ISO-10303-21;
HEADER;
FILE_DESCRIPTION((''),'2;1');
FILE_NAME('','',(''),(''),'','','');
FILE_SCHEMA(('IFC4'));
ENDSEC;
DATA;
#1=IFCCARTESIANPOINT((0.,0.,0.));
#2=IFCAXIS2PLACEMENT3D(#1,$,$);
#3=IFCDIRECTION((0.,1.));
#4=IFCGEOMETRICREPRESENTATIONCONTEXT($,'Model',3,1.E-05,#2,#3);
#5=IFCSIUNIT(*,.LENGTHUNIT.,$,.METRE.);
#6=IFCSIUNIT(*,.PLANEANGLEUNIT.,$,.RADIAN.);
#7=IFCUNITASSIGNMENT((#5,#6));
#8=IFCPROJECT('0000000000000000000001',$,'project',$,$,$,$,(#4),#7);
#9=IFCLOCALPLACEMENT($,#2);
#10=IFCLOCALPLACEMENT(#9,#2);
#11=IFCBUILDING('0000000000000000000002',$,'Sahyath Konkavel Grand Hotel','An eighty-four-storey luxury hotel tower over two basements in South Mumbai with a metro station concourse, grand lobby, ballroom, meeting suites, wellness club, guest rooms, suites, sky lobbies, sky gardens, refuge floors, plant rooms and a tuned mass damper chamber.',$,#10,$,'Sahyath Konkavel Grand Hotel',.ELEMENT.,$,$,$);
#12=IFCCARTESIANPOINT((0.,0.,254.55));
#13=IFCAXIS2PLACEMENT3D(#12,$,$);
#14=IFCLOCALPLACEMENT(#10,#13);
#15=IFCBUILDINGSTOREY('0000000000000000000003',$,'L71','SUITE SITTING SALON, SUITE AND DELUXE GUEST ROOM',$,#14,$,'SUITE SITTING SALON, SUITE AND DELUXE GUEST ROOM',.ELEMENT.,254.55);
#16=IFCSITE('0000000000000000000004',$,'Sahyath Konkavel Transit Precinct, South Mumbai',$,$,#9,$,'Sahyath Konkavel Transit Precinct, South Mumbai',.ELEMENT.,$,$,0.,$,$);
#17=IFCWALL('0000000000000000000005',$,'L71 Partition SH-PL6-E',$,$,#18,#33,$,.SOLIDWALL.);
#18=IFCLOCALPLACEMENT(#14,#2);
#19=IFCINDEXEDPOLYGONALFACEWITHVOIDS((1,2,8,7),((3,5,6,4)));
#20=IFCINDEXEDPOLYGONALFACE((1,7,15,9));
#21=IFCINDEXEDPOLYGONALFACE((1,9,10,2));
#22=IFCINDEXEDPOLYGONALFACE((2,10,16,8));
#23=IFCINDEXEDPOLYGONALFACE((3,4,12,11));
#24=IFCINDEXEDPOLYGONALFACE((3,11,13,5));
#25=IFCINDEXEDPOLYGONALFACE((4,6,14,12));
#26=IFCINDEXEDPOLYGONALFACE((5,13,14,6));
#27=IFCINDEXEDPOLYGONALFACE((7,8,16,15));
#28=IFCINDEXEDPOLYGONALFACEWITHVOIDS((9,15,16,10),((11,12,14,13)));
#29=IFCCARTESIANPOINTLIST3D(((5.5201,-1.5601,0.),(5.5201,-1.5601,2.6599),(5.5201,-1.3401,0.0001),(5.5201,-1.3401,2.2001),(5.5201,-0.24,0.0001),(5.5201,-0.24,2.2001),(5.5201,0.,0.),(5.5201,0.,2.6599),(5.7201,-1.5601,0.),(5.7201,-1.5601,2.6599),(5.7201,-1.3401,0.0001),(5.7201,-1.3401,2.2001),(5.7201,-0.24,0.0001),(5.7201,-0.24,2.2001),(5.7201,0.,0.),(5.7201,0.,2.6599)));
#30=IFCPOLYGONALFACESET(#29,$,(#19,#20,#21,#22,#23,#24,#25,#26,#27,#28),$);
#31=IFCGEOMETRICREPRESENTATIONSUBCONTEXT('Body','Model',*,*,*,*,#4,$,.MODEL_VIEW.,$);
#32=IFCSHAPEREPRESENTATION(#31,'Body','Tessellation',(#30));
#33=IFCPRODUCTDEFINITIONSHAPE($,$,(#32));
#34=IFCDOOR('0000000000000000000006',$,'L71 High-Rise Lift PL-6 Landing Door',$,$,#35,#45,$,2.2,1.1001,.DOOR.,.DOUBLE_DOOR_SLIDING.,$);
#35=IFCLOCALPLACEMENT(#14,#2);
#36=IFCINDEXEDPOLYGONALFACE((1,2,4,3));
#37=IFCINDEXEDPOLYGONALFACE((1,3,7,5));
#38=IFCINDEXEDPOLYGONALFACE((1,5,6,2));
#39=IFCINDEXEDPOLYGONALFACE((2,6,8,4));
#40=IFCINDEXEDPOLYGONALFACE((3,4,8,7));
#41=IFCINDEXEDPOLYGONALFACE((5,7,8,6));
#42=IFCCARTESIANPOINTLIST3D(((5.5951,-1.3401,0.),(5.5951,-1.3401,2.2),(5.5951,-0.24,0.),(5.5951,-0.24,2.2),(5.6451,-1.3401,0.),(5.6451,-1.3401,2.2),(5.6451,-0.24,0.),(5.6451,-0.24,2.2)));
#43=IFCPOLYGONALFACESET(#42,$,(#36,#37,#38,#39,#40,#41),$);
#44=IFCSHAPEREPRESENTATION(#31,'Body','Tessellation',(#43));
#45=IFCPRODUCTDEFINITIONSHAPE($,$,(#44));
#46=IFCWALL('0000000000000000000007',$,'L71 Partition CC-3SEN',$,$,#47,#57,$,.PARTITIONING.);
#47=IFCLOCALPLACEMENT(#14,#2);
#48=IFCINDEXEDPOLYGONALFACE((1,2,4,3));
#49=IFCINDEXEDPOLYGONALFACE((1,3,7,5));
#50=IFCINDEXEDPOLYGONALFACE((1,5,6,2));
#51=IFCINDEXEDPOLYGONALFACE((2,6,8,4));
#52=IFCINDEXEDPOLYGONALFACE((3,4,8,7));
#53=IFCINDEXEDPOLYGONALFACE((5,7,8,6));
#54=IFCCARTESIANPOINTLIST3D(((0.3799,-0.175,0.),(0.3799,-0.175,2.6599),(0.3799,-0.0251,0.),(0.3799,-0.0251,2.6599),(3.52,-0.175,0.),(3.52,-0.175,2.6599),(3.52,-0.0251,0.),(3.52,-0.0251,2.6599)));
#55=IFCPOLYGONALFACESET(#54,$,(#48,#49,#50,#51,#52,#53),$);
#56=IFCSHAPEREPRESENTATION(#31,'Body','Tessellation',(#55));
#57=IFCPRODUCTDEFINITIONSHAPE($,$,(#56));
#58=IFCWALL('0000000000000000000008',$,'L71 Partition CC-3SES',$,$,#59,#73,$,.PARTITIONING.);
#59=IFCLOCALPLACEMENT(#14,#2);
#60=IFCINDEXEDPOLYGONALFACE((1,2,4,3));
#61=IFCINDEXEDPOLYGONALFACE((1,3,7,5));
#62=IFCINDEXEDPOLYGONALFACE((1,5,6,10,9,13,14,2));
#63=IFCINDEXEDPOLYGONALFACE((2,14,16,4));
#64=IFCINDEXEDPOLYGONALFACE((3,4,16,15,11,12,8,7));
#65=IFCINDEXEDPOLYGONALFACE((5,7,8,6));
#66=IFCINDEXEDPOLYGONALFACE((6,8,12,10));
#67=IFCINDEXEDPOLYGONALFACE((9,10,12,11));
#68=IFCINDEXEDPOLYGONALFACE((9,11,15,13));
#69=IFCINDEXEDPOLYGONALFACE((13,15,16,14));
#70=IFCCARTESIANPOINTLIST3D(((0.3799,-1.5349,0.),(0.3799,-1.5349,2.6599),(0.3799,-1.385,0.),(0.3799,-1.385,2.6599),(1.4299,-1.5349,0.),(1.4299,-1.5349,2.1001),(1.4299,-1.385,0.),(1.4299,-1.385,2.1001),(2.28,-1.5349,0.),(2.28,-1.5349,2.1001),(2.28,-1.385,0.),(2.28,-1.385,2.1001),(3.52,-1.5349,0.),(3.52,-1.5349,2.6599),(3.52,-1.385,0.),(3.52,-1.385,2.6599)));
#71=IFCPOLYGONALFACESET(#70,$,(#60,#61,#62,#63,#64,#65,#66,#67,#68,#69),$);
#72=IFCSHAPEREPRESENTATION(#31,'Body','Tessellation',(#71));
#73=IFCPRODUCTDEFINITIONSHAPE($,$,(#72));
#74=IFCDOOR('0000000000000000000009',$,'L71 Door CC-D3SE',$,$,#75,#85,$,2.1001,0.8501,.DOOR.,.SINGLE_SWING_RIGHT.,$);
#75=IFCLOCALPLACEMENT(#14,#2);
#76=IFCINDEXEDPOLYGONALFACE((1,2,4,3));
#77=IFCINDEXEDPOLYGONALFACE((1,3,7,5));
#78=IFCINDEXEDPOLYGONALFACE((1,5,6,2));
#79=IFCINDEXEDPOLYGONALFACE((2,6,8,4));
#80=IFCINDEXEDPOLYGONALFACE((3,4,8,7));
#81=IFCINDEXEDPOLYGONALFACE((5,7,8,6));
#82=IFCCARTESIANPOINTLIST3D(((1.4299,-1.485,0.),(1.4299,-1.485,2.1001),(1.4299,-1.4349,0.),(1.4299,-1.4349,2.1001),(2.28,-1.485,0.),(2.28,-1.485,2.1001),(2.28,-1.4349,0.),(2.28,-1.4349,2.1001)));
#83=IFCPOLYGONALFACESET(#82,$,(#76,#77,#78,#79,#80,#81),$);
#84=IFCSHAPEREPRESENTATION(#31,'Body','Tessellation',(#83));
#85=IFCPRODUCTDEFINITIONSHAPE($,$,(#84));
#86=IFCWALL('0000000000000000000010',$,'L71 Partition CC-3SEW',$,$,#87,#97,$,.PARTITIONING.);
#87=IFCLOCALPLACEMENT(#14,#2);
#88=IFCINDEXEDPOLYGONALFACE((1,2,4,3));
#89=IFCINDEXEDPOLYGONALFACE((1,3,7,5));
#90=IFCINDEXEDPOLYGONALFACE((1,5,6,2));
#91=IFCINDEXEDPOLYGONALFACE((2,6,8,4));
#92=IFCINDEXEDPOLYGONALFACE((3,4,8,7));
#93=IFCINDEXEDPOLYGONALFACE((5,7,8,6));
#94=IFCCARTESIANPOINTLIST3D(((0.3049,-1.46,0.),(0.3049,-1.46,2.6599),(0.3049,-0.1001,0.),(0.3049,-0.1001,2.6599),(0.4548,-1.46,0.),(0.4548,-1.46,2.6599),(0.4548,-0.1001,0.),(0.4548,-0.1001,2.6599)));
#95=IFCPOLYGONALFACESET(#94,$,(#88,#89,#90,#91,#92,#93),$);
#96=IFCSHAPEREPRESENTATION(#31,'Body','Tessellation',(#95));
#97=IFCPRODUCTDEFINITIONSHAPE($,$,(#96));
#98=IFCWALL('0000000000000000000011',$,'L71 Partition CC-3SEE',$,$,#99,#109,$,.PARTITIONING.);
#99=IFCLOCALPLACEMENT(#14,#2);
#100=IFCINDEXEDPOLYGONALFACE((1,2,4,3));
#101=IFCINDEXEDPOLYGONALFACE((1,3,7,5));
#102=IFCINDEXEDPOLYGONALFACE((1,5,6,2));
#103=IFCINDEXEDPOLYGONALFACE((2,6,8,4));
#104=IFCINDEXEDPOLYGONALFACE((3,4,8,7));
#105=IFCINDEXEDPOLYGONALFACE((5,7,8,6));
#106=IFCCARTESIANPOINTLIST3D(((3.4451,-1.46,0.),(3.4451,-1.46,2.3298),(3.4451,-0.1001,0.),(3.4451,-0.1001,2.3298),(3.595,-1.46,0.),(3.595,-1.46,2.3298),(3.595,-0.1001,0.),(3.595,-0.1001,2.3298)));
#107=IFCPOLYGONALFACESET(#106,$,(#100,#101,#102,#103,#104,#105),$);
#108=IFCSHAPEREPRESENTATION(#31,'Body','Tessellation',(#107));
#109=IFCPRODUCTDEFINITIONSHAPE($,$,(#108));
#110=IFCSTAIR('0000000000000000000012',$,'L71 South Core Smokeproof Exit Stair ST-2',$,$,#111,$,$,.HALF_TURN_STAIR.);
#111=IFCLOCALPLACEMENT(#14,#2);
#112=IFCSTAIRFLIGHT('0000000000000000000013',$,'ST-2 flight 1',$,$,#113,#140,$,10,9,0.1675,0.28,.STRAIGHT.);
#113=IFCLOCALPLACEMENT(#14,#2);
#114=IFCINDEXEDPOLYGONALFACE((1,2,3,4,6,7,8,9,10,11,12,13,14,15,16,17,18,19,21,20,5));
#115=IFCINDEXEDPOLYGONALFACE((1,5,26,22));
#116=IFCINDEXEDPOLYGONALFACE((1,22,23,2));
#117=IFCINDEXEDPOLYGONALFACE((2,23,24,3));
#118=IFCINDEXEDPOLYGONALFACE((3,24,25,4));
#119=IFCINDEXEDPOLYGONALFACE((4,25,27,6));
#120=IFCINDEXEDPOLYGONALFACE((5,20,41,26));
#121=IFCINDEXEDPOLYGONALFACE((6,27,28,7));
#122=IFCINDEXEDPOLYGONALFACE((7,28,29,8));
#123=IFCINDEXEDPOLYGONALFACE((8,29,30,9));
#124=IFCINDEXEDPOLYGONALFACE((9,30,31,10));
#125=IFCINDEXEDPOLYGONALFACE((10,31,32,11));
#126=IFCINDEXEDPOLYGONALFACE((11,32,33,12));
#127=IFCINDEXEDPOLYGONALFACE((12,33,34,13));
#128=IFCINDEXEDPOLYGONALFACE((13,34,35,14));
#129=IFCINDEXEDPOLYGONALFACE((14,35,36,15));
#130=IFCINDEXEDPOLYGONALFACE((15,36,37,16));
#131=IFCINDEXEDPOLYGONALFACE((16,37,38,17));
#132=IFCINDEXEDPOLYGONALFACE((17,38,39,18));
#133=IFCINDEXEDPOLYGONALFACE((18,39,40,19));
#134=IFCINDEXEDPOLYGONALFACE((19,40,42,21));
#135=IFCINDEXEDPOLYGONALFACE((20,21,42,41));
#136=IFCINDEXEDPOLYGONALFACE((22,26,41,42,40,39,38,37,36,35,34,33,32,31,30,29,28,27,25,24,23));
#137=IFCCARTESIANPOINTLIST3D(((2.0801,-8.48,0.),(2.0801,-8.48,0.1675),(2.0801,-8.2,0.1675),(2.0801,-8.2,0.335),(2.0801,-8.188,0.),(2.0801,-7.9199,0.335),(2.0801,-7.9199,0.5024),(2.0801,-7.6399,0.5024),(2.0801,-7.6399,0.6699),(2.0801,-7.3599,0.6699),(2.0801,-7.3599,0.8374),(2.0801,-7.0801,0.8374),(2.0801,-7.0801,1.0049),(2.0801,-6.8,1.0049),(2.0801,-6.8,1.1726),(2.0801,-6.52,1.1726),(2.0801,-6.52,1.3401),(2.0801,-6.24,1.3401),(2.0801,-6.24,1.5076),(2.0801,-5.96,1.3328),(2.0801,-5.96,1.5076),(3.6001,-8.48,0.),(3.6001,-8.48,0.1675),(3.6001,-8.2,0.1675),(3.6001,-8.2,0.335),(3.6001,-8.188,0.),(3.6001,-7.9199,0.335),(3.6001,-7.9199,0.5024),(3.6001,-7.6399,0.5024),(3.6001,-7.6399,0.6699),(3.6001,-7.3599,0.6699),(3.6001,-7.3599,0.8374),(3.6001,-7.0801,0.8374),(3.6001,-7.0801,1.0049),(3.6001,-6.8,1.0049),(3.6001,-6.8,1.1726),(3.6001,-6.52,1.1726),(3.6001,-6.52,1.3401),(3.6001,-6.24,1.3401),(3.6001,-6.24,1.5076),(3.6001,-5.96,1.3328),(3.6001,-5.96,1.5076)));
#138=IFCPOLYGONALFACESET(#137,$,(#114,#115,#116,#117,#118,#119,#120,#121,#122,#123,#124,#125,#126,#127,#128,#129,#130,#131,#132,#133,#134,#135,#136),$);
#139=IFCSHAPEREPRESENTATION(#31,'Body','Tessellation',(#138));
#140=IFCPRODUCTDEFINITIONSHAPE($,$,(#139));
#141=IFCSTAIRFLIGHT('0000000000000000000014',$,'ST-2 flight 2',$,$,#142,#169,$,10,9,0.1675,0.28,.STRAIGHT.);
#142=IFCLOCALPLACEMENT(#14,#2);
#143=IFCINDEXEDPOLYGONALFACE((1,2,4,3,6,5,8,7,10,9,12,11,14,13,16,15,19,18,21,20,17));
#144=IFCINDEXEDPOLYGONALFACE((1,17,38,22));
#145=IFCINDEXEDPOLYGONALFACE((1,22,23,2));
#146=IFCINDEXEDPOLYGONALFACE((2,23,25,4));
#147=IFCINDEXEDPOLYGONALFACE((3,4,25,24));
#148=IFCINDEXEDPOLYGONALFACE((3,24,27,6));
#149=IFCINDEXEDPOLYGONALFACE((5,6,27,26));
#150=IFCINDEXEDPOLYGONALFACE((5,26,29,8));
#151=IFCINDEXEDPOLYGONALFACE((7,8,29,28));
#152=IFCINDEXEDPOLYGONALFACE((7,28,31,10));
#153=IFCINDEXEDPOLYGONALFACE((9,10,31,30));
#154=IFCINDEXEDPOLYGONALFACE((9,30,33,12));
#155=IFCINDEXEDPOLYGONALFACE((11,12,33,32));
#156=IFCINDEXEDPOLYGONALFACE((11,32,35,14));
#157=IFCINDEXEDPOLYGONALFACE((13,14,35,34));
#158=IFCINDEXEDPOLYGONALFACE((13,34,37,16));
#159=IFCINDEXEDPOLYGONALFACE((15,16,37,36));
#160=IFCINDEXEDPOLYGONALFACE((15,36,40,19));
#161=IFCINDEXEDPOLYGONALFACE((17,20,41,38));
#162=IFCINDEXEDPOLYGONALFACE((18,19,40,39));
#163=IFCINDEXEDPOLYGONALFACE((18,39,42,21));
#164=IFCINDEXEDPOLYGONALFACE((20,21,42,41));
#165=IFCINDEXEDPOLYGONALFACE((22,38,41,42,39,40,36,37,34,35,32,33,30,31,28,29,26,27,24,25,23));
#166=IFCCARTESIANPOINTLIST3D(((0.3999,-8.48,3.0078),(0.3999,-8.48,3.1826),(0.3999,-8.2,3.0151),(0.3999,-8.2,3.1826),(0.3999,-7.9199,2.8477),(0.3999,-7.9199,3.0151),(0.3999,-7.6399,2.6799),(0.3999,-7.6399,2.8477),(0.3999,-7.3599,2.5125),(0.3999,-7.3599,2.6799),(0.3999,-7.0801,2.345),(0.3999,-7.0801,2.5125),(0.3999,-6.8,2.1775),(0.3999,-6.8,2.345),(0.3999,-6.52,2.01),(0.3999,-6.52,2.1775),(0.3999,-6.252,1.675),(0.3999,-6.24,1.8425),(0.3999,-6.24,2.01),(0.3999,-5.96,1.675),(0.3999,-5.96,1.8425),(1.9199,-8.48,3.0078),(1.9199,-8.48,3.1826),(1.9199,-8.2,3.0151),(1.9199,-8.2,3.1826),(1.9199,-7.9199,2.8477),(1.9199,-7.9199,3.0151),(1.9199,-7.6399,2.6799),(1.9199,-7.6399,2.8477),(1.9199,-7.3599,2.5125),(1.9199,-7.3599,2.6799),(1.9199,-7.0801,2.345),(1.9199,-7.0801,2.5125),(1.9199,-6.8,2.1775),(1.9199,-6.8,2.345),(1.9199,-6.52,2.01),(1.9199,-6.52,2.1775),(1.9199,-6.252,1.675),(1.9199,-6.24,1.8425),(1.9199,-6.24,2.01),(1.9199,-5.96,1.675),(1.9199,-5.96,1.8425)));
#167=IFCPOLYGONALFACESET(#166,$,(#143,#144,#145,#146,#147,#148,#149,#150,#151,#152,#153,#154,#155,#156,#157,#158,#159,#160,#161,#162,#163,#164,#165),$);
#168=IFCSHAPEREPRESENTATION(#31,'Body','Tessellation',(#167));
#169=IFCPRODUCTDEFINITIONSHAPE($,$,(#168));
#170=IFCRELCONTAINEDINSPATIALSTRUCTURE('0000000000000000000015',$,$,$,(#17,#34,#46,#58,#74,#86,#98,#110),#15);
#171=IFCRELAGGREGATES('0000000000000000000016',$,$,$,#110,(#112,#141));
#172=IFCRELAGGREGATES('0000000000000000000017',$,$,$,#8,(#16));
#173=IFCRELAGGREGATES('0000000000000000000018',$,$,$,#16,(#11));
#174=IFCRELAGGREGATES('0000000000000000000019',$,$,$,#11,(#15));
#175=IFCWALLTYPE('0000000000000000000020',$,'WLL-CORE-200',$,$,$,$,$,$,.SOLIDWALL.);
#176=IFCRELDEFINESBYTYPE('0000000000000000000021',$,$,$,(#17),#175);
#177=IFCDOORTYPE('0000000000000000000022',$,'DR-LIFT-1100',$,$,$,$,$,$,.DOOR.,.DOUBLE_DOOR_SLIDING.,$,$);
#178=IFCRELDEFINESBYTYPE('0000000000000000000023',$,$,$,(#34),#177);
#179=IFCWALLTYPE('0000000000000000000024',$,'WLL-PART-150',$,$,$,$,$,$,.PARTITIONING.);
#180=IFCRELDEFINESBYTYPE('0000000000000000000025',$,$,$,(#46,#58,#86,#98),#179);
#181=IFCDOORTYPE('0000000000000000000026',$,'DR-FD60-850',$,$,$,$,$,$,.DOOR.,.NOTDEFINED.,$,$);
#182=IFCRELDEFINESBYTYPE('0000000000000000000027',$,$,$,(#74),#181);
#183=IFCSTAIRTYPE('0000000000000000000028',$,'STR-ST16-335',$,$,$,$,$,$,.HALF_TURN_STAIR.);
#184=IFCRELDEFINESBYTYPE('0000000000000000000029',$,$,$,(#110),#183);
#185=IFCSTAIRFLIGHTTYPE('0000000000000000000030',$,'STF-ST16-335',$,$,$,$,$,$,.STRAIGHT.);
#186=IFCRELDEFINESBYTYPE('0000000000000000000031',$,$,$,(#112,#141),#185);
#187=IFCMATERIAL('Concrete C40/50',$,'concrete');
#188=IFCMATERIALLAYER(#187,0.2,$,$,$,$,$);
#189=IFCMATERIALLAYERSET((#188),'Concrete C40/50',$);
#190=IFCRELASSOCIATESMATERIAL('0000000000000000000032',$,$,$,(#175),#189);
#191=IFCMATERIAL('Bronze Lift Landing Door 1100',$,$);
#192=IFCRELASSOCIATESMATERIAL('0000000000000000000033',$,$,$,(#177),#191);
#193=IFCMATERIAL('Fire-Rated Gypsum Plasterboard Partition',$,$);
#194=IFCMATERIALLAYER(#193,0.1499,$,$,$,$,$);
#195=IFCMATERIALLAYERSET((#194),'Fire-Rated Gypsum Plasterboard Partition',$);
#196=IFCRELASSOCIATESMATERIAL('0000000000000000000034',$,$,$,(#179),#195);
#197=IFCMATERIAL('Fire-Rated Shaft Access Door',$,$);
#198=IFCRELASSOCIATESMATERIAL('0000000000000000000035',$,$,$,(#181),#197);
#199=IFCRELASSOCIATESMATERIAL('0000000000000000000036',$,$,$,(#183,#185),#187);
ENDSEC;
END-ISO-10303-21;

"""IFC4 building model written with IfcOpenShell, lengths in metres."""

from ifc_helpers import new_model, si_unit, direction, frame, frame_2d, origin, origin_2d, place, context, subcontext, project, spatial, polyline, rectangle, outline, extrude, source, transform, mapped, material, layer, layer_set, type_object, element, fill, aggregate, save


model = new_model("IFC4")

# Units and contexts
model_context = context("Model", 3, precision=1e-05, world=origin(), true_north=direction((0.0, 1.0)))
body_context = subcontext(model_context, "Body", "Model", "MODEL_VIEW")
ifc_project = project(units=[si_unit("LENGTHUNIT", "METRE"), si_unit("PLANEANGLEUNIT", "RADIAN")], contexts=[model_context])

# Site, building, storey
site_placement = place(None, origin())
site = spatial("IfcSite", under=ifc_project, at=site_placement, Name="Sahyath Konkavel Transit Precinct, South Mumbai", LongName="Sahyath Konkavel Transit Precinct, South Mumbai", CompositionType="ELEMENT", RefElevation=0.0)
building_placement = place(site_placement, origin())
building = spatial("IfcBuilding", under=site, at=building_placement, Name="Sahyath Konkavel Grand Hotel", Description="An eighty-four-storey luxury hotel tower over two basements in South Mumbai with a metro station concourse, grand lobby, ballroom, meeting suites, wellness club, guest rooms, suites, sky lobbies, sky gardens, refuge floors, plant rooms and a tuned mass damper chamber.", LongName="Sahyath Konkavel Grand Hotel", CompositionType="ELEMENT")
storey_placement = place(building_placement, frame((0.0, 0.0, 254.55)))
storey = spatial("IfcBuildingStorey", under=building, at=storey_placement, Name="L71", Description="SUITE SITTING SALON, SUITE AND DELUXE GUEST ROOM", LongName="SUITE SITTING SALON, SUITE AND DELUXE GUEST ROOM", CompositionType="ELEMENT", Elevation=254.55)

# Shared definitions
ifc_material_1 = material(Name="Concrete C40/50", Category="concrete")

# Shared definitions
ifc_layer_1 = layer(ifc_material_1, 0.2)
ifc_layer_set_1 = layer_set([ifc_layer_1], Name="Concrete C40/50")
wall_type_1 = type_object("IfcWallType", Name="WLL-CORE-200", PredefinedType="SOLIDWALL", material=ifc_layer_set_1)

# Wall, opening, door
wall_1_placement = place(storey_placement, frame((5.6201, -1.5601, 0.0), z_axis=(0.0, 0.0, 1.0), x_axis=(0.0, 1.0, 0.0)))
wall_1 = element("IfcWall", 1, at=wall_1_placement, inside=storey, type_object=wall_type_1, Name="L71 Partition SH-PL6-E", PredefinedType="SOLIDWALL", context=body_context, shape_type="SweptSolid", body=[
    extrude(rectangle(XDim=1.5601, YDim=0.2, at=frame_2d((0.78, 0.0))), origin(), (0.0, 0.0, 1.0), 2.6599),
])
opening_1_placement = place(wall_1_placement, frame((0.22, 0.0, 0.0)))
opening_1 = element("IfcOpeningElement", 2, at=opening_1_placement, cuts=wall_1, PredefinedType="OPENING", context=body_context, shape_type="SweptSolid", body=[
    extrude(rectangle(XDim=1.1001, YDim=2.2, at=frame_2d((0.55, 1.1001))), frame((0.0, 0.1099, 0.0), z_axis=(0.0, -1.0, 0.0), x_axis=(1.0, 0.0, 0.0)), (0.0, 0.0, 1.0), 0.22),
])
ifc_material_2 = material(Name="Bronze Lift Landing Door 1100")
door_type_1 = type_object("IfcDoorType", Name="DR-LIFT-1100", OperationType="DOUBLE_DOOR_SLIDING", PredefinedType="DOOR", material=ifc_material_2)
shared_shape_1 = source(origin(), body_context, "Body", "SweptSolid", [
    extrude(rectangle(XDim=1.1001, YDim=0.05, at=origin_2d()), origin(), (0.0, 0.0, 1.0), 2.2),
])
door_1_placement = place(opening_1_placement, frame((0.55, 0.0, 0.0)))
door_1 = element("IfcDoor", 3, at=door_1_placement, inside=storey, type_object=door_type_1, Name="L71 High-Rise Lift PL-6 Landing Door", OperationType="DOUBLE_DOOR_SLIDING", OverallHeight=2.2, OverallWidth=1.1001, PredefinedType="DOOR", context=body_context, shape_type="MappedRepresentation", body=[
    mapped(shared_shape_1, transform((0.0, 0.0, 0.0), scale=1.0)),
])
fill(opening_1, door_1)

# Wall
ifc_material_3 = material(Name="Fire-Rated Gypsum Plasterboard Partition")
ifc_layer_2 = layer(ifc_material_3, 0.1499)
ifc_layer_set_2 = layer_set([ifc_layer_2], Name="Fire-Rated Gypsum Plasterboard Partition")
wall_type_2 = type_object("IfcWallType", Name="WLL-PART-150", PredefinedType="PARTITIONING", material=ifc_layer_set_2)
wall_2_placement = place(storey_placement, frame((0.3799, -0.1001, 0.0), z_axis=(0.0, 0.0, 1.0), x_axis=(1.0, 0.0, 0.0)))
element("IfcWall", 4, at=wall_2_placement, inside=storey, type_object=wall_type_2, Name="L71 Partition CC-3SEN", PredefinedType="PARTITIONING", context=body_context, shape_type="SweptSolid", body=[
    extrude(rectangle(XDim=3.1401, YDim=0.1499, at=frame_2d((1.5701, 0.0))), origin(), (0.0, 0.0, 1.0), 2.6599),
])

# Wall, opening, door
wall_3_placement = place(storey_placement, frame((0.3799, -1.46, 0.0), z_axis=(0.0, 0.0, 1.0), x_axis=(1.0, 0.0, 0.0)))
wall_3 = element("IfcWall", 5, at=wall_3_placement, inside=storey, type_object=wall_type_2, Name="L71 Partition CC-3SES", PredefinedType="PARTITIONING", context=body_context, shape_type="SweptSolid", body=[
    extrude(rectangle(XDim=3.1401, YDim=0.1499, at=frame_2d((1.5701, 0.0))), origin(), (0.0, 0.0, 1.0), 2.6599),
])
opening_2_placement = place(wall_3_placement, frame((1.05, 0.0, 0.0)))
opening_2 = element("IfcOpeningElement", 6, at=opening_2_placement, cuts=wall_3, PredefinedType="OPENING", context=body_context, shape_type="SweptSolid", body=[
    extrude(rectangle(XDim=0.8501, YDim=2.1001, at=frame_2d((0.425, 1.05))), frame((0.0, 0.085, 0.0), z_axis=(0.0, -1.0, 0.0), x_axis=(1.0, 0.0, 0.0)), (0.0, 0.0, 1.0), 0.1699),
])
ifc_material_4 = material(Name="Fire-Rated Shaft Access Door")
door_type_2 = type_object("IfcDoorType", Name="DR-FD60-850", OperationType="NOTDEFINED", PredefinedType="DOOR", material=ifc_material_4)
shared_shape_2 = source(origin(), body_context, "Body", "SweptSolid", [
    extrude(rectangle(XDim=0.8501, YDim=0.05, at=origin_2d()), origin(), (0.0, 0.0, 1.0), 2.1001),
])
door_2_placement = place(opening_2_placement, frame((0.425, 0.0, 0.0)))
door_2 = element("IfcDoor", 7, at=door_2_placement, inside=storey, type_object=door_type_2, Name="L71 Door CC-D3SE", OperationType="SINGLE_SWING_RIGHT", OverallHeight=2.1001, OverallWidth=0.8501, PredefinedType="DOOR", context=body_context, shape_type="MappedRepresentation", body=[
    mapped(shared_shape_2, transform((0.0, 0.0, 0.0), scale=1.0)),
])
fill(opening_2, door_2)

# Walls
wall_4_placement = place(storey_placement, frame((0.3799, -1.46, 0.0), z_axis=(0.0, 0.0, 1.0), x_axis=(0.0, 1.0, 0.0)))
element("IfcWall", 8, at=wall_4_placement, inside=storey, type_object=wall_type_2, Name="L71 Partition CC-3SEW", PredefinedType="PARTITIONING", context=body_context, shape_type="SweptSolid", body=[
    extrude(rectangle(XDim=1.3599, YDim=0.1499, at=frame_2d((0.6799, 0.0))), origin(), (0.0, 0.0, 1.0), 2.6599),
])
wall_5_placement = place(storey_placement, frame((3.52, -1.46, 0.0), z_axis=(0.0, 0.0, 1.0), x_axis=(0.0, 1.0, 0.0)))
element("IfcWall", 9, at=wall_5_placement, inside=storey, type_object=wall_type_2, Name="L71 Partition CC-3SEE", PredefinedType="PARTITIONING", context=body_context, shape_type="SweptSolid", body=[
    extrude(rectangle(XDim=1.3599, YDim=0.1499, at=frame_2d((0.6799, 0.0))), origin(), (0.0, 0.0, 1.0), 2.3298),
])

# Stair, stair flights
stair_type = type_object("IfcStairType", Name="STR-ST16-335", PredefinedType="HALF_TURN_STAIR", material=ifc_material_1)
stair_placement = place(storey_placement, origin())
stair = element("IfcStair", 10, at=stair_placement, inside=storey, type_object=stair_type, Name="L71 South Core Smokeproof Exit Stair ST-2", PredefinedType="HALF_TURN_STAIR")
stair_flight_type = type_object("IfcStairFlightType", Name="STF-ST16-335", PredefinedType="STRAIGHT", material=ifc_material_1)
stair_flight_1_placement = place(storey_placement, frame((2.8401, -8.48, 0.0), z_axis=(0.0, 0.0, 1.0), x_axis=(0.0, 1.0, 0.0)))
stair_flight_1 = element("IfcStairFlight", 11, at=stair_flight_1_placement, type_object=stair_flight_type, Name="ST-2 flight 1", NumberOfRisers=10, NumberOfTreads=9, PredefinedType="STRAIGHT", RiserHeight=0.1675, TreadLength=0.28, context=body_context, shape_type="SweptSolid", body=[
    extrude(outline(polyline([(0.0, 0.0), (0.0, 0.1675), (0.28, 0.1675), (0.28, 0.335), (0.5601, 0.335), (0.5601, 0.5024), (0.8401, 0.5024), (0.8401, 0.6699), (1.1201, 0.6699), (1.1201, 0.8374), (1.3999, 0.8374), (1.3999, 1.0049), (1.6799, 1.0049), (1.6799, 1.1726), (1.96, 1.1726), (1.96, 1.3401), (2.24, 1.3401), (2.24, 1.5076), (2.52, 1.5076), (2.52, 1.675), (2.52, 1.3328), (0.292, 0.0), (0.0, 0.0)])), frame((0.0, 0.76, 0.0), z_axis=(0.0, -1.0, 0.0), x_axis=(1.0, 0.0, 0.0)), (0.0, 0.0, 1.0), 1.52),
])
stair_flight_2_placement = place(storey_placement, frame((1.1599, -5.96, 1.675), z_axis=(0.0, 0.0, 1.0), x_axis=(0.0, -1.0, 0.0)))
stair_flight_2 = element("IfcStairFlight", 12, at=stair_flight_2_placement, type_object=stair_flight_type, Name="ST-2 flight 2", NumberOfRisers=10, NumberOfTreads=9, PredefinedType="STRAIGHT", RiserHeight=0.1675, TreadLength=0.28, context=body_context, shape_type="SweptSolid", body=[
    extrude(outline(polyline([(0.0, 0.0), (0.0, 0.1675), (0.28, 0.1675), (0.28, 0.335), (0.5601, 0.335), (0.5601, 0.5024), (0.8401, 0.5024), (0.8401, 0.6699), (1.1201, 0.6699), (1.1201, 0.8374), (1.3999, 0.8374), (1.3999, 1.0049), (1.6799, 1.0049), (1.6799, 1.1726), (1.96, 1.1726), (1.96, 1.3401), (2.24, 1.3401), (2.24, 1.5076), (2.52, 1.5076), (2.52, 1.675), (2.52, 1.3328), (0.292, 0.0), (0.0, 0.0)])), frame((0.0, 0.76, 0.0), z_axis=(0.0, -1.0, 0.0), x_axis=(1.0, 0.0, 0.0)), (0.0, 0.0, 1.0), 1.52),
])
aggregate(stair, [stair_flight_1, stair_flight_2])

save(model, "model.ifc")
